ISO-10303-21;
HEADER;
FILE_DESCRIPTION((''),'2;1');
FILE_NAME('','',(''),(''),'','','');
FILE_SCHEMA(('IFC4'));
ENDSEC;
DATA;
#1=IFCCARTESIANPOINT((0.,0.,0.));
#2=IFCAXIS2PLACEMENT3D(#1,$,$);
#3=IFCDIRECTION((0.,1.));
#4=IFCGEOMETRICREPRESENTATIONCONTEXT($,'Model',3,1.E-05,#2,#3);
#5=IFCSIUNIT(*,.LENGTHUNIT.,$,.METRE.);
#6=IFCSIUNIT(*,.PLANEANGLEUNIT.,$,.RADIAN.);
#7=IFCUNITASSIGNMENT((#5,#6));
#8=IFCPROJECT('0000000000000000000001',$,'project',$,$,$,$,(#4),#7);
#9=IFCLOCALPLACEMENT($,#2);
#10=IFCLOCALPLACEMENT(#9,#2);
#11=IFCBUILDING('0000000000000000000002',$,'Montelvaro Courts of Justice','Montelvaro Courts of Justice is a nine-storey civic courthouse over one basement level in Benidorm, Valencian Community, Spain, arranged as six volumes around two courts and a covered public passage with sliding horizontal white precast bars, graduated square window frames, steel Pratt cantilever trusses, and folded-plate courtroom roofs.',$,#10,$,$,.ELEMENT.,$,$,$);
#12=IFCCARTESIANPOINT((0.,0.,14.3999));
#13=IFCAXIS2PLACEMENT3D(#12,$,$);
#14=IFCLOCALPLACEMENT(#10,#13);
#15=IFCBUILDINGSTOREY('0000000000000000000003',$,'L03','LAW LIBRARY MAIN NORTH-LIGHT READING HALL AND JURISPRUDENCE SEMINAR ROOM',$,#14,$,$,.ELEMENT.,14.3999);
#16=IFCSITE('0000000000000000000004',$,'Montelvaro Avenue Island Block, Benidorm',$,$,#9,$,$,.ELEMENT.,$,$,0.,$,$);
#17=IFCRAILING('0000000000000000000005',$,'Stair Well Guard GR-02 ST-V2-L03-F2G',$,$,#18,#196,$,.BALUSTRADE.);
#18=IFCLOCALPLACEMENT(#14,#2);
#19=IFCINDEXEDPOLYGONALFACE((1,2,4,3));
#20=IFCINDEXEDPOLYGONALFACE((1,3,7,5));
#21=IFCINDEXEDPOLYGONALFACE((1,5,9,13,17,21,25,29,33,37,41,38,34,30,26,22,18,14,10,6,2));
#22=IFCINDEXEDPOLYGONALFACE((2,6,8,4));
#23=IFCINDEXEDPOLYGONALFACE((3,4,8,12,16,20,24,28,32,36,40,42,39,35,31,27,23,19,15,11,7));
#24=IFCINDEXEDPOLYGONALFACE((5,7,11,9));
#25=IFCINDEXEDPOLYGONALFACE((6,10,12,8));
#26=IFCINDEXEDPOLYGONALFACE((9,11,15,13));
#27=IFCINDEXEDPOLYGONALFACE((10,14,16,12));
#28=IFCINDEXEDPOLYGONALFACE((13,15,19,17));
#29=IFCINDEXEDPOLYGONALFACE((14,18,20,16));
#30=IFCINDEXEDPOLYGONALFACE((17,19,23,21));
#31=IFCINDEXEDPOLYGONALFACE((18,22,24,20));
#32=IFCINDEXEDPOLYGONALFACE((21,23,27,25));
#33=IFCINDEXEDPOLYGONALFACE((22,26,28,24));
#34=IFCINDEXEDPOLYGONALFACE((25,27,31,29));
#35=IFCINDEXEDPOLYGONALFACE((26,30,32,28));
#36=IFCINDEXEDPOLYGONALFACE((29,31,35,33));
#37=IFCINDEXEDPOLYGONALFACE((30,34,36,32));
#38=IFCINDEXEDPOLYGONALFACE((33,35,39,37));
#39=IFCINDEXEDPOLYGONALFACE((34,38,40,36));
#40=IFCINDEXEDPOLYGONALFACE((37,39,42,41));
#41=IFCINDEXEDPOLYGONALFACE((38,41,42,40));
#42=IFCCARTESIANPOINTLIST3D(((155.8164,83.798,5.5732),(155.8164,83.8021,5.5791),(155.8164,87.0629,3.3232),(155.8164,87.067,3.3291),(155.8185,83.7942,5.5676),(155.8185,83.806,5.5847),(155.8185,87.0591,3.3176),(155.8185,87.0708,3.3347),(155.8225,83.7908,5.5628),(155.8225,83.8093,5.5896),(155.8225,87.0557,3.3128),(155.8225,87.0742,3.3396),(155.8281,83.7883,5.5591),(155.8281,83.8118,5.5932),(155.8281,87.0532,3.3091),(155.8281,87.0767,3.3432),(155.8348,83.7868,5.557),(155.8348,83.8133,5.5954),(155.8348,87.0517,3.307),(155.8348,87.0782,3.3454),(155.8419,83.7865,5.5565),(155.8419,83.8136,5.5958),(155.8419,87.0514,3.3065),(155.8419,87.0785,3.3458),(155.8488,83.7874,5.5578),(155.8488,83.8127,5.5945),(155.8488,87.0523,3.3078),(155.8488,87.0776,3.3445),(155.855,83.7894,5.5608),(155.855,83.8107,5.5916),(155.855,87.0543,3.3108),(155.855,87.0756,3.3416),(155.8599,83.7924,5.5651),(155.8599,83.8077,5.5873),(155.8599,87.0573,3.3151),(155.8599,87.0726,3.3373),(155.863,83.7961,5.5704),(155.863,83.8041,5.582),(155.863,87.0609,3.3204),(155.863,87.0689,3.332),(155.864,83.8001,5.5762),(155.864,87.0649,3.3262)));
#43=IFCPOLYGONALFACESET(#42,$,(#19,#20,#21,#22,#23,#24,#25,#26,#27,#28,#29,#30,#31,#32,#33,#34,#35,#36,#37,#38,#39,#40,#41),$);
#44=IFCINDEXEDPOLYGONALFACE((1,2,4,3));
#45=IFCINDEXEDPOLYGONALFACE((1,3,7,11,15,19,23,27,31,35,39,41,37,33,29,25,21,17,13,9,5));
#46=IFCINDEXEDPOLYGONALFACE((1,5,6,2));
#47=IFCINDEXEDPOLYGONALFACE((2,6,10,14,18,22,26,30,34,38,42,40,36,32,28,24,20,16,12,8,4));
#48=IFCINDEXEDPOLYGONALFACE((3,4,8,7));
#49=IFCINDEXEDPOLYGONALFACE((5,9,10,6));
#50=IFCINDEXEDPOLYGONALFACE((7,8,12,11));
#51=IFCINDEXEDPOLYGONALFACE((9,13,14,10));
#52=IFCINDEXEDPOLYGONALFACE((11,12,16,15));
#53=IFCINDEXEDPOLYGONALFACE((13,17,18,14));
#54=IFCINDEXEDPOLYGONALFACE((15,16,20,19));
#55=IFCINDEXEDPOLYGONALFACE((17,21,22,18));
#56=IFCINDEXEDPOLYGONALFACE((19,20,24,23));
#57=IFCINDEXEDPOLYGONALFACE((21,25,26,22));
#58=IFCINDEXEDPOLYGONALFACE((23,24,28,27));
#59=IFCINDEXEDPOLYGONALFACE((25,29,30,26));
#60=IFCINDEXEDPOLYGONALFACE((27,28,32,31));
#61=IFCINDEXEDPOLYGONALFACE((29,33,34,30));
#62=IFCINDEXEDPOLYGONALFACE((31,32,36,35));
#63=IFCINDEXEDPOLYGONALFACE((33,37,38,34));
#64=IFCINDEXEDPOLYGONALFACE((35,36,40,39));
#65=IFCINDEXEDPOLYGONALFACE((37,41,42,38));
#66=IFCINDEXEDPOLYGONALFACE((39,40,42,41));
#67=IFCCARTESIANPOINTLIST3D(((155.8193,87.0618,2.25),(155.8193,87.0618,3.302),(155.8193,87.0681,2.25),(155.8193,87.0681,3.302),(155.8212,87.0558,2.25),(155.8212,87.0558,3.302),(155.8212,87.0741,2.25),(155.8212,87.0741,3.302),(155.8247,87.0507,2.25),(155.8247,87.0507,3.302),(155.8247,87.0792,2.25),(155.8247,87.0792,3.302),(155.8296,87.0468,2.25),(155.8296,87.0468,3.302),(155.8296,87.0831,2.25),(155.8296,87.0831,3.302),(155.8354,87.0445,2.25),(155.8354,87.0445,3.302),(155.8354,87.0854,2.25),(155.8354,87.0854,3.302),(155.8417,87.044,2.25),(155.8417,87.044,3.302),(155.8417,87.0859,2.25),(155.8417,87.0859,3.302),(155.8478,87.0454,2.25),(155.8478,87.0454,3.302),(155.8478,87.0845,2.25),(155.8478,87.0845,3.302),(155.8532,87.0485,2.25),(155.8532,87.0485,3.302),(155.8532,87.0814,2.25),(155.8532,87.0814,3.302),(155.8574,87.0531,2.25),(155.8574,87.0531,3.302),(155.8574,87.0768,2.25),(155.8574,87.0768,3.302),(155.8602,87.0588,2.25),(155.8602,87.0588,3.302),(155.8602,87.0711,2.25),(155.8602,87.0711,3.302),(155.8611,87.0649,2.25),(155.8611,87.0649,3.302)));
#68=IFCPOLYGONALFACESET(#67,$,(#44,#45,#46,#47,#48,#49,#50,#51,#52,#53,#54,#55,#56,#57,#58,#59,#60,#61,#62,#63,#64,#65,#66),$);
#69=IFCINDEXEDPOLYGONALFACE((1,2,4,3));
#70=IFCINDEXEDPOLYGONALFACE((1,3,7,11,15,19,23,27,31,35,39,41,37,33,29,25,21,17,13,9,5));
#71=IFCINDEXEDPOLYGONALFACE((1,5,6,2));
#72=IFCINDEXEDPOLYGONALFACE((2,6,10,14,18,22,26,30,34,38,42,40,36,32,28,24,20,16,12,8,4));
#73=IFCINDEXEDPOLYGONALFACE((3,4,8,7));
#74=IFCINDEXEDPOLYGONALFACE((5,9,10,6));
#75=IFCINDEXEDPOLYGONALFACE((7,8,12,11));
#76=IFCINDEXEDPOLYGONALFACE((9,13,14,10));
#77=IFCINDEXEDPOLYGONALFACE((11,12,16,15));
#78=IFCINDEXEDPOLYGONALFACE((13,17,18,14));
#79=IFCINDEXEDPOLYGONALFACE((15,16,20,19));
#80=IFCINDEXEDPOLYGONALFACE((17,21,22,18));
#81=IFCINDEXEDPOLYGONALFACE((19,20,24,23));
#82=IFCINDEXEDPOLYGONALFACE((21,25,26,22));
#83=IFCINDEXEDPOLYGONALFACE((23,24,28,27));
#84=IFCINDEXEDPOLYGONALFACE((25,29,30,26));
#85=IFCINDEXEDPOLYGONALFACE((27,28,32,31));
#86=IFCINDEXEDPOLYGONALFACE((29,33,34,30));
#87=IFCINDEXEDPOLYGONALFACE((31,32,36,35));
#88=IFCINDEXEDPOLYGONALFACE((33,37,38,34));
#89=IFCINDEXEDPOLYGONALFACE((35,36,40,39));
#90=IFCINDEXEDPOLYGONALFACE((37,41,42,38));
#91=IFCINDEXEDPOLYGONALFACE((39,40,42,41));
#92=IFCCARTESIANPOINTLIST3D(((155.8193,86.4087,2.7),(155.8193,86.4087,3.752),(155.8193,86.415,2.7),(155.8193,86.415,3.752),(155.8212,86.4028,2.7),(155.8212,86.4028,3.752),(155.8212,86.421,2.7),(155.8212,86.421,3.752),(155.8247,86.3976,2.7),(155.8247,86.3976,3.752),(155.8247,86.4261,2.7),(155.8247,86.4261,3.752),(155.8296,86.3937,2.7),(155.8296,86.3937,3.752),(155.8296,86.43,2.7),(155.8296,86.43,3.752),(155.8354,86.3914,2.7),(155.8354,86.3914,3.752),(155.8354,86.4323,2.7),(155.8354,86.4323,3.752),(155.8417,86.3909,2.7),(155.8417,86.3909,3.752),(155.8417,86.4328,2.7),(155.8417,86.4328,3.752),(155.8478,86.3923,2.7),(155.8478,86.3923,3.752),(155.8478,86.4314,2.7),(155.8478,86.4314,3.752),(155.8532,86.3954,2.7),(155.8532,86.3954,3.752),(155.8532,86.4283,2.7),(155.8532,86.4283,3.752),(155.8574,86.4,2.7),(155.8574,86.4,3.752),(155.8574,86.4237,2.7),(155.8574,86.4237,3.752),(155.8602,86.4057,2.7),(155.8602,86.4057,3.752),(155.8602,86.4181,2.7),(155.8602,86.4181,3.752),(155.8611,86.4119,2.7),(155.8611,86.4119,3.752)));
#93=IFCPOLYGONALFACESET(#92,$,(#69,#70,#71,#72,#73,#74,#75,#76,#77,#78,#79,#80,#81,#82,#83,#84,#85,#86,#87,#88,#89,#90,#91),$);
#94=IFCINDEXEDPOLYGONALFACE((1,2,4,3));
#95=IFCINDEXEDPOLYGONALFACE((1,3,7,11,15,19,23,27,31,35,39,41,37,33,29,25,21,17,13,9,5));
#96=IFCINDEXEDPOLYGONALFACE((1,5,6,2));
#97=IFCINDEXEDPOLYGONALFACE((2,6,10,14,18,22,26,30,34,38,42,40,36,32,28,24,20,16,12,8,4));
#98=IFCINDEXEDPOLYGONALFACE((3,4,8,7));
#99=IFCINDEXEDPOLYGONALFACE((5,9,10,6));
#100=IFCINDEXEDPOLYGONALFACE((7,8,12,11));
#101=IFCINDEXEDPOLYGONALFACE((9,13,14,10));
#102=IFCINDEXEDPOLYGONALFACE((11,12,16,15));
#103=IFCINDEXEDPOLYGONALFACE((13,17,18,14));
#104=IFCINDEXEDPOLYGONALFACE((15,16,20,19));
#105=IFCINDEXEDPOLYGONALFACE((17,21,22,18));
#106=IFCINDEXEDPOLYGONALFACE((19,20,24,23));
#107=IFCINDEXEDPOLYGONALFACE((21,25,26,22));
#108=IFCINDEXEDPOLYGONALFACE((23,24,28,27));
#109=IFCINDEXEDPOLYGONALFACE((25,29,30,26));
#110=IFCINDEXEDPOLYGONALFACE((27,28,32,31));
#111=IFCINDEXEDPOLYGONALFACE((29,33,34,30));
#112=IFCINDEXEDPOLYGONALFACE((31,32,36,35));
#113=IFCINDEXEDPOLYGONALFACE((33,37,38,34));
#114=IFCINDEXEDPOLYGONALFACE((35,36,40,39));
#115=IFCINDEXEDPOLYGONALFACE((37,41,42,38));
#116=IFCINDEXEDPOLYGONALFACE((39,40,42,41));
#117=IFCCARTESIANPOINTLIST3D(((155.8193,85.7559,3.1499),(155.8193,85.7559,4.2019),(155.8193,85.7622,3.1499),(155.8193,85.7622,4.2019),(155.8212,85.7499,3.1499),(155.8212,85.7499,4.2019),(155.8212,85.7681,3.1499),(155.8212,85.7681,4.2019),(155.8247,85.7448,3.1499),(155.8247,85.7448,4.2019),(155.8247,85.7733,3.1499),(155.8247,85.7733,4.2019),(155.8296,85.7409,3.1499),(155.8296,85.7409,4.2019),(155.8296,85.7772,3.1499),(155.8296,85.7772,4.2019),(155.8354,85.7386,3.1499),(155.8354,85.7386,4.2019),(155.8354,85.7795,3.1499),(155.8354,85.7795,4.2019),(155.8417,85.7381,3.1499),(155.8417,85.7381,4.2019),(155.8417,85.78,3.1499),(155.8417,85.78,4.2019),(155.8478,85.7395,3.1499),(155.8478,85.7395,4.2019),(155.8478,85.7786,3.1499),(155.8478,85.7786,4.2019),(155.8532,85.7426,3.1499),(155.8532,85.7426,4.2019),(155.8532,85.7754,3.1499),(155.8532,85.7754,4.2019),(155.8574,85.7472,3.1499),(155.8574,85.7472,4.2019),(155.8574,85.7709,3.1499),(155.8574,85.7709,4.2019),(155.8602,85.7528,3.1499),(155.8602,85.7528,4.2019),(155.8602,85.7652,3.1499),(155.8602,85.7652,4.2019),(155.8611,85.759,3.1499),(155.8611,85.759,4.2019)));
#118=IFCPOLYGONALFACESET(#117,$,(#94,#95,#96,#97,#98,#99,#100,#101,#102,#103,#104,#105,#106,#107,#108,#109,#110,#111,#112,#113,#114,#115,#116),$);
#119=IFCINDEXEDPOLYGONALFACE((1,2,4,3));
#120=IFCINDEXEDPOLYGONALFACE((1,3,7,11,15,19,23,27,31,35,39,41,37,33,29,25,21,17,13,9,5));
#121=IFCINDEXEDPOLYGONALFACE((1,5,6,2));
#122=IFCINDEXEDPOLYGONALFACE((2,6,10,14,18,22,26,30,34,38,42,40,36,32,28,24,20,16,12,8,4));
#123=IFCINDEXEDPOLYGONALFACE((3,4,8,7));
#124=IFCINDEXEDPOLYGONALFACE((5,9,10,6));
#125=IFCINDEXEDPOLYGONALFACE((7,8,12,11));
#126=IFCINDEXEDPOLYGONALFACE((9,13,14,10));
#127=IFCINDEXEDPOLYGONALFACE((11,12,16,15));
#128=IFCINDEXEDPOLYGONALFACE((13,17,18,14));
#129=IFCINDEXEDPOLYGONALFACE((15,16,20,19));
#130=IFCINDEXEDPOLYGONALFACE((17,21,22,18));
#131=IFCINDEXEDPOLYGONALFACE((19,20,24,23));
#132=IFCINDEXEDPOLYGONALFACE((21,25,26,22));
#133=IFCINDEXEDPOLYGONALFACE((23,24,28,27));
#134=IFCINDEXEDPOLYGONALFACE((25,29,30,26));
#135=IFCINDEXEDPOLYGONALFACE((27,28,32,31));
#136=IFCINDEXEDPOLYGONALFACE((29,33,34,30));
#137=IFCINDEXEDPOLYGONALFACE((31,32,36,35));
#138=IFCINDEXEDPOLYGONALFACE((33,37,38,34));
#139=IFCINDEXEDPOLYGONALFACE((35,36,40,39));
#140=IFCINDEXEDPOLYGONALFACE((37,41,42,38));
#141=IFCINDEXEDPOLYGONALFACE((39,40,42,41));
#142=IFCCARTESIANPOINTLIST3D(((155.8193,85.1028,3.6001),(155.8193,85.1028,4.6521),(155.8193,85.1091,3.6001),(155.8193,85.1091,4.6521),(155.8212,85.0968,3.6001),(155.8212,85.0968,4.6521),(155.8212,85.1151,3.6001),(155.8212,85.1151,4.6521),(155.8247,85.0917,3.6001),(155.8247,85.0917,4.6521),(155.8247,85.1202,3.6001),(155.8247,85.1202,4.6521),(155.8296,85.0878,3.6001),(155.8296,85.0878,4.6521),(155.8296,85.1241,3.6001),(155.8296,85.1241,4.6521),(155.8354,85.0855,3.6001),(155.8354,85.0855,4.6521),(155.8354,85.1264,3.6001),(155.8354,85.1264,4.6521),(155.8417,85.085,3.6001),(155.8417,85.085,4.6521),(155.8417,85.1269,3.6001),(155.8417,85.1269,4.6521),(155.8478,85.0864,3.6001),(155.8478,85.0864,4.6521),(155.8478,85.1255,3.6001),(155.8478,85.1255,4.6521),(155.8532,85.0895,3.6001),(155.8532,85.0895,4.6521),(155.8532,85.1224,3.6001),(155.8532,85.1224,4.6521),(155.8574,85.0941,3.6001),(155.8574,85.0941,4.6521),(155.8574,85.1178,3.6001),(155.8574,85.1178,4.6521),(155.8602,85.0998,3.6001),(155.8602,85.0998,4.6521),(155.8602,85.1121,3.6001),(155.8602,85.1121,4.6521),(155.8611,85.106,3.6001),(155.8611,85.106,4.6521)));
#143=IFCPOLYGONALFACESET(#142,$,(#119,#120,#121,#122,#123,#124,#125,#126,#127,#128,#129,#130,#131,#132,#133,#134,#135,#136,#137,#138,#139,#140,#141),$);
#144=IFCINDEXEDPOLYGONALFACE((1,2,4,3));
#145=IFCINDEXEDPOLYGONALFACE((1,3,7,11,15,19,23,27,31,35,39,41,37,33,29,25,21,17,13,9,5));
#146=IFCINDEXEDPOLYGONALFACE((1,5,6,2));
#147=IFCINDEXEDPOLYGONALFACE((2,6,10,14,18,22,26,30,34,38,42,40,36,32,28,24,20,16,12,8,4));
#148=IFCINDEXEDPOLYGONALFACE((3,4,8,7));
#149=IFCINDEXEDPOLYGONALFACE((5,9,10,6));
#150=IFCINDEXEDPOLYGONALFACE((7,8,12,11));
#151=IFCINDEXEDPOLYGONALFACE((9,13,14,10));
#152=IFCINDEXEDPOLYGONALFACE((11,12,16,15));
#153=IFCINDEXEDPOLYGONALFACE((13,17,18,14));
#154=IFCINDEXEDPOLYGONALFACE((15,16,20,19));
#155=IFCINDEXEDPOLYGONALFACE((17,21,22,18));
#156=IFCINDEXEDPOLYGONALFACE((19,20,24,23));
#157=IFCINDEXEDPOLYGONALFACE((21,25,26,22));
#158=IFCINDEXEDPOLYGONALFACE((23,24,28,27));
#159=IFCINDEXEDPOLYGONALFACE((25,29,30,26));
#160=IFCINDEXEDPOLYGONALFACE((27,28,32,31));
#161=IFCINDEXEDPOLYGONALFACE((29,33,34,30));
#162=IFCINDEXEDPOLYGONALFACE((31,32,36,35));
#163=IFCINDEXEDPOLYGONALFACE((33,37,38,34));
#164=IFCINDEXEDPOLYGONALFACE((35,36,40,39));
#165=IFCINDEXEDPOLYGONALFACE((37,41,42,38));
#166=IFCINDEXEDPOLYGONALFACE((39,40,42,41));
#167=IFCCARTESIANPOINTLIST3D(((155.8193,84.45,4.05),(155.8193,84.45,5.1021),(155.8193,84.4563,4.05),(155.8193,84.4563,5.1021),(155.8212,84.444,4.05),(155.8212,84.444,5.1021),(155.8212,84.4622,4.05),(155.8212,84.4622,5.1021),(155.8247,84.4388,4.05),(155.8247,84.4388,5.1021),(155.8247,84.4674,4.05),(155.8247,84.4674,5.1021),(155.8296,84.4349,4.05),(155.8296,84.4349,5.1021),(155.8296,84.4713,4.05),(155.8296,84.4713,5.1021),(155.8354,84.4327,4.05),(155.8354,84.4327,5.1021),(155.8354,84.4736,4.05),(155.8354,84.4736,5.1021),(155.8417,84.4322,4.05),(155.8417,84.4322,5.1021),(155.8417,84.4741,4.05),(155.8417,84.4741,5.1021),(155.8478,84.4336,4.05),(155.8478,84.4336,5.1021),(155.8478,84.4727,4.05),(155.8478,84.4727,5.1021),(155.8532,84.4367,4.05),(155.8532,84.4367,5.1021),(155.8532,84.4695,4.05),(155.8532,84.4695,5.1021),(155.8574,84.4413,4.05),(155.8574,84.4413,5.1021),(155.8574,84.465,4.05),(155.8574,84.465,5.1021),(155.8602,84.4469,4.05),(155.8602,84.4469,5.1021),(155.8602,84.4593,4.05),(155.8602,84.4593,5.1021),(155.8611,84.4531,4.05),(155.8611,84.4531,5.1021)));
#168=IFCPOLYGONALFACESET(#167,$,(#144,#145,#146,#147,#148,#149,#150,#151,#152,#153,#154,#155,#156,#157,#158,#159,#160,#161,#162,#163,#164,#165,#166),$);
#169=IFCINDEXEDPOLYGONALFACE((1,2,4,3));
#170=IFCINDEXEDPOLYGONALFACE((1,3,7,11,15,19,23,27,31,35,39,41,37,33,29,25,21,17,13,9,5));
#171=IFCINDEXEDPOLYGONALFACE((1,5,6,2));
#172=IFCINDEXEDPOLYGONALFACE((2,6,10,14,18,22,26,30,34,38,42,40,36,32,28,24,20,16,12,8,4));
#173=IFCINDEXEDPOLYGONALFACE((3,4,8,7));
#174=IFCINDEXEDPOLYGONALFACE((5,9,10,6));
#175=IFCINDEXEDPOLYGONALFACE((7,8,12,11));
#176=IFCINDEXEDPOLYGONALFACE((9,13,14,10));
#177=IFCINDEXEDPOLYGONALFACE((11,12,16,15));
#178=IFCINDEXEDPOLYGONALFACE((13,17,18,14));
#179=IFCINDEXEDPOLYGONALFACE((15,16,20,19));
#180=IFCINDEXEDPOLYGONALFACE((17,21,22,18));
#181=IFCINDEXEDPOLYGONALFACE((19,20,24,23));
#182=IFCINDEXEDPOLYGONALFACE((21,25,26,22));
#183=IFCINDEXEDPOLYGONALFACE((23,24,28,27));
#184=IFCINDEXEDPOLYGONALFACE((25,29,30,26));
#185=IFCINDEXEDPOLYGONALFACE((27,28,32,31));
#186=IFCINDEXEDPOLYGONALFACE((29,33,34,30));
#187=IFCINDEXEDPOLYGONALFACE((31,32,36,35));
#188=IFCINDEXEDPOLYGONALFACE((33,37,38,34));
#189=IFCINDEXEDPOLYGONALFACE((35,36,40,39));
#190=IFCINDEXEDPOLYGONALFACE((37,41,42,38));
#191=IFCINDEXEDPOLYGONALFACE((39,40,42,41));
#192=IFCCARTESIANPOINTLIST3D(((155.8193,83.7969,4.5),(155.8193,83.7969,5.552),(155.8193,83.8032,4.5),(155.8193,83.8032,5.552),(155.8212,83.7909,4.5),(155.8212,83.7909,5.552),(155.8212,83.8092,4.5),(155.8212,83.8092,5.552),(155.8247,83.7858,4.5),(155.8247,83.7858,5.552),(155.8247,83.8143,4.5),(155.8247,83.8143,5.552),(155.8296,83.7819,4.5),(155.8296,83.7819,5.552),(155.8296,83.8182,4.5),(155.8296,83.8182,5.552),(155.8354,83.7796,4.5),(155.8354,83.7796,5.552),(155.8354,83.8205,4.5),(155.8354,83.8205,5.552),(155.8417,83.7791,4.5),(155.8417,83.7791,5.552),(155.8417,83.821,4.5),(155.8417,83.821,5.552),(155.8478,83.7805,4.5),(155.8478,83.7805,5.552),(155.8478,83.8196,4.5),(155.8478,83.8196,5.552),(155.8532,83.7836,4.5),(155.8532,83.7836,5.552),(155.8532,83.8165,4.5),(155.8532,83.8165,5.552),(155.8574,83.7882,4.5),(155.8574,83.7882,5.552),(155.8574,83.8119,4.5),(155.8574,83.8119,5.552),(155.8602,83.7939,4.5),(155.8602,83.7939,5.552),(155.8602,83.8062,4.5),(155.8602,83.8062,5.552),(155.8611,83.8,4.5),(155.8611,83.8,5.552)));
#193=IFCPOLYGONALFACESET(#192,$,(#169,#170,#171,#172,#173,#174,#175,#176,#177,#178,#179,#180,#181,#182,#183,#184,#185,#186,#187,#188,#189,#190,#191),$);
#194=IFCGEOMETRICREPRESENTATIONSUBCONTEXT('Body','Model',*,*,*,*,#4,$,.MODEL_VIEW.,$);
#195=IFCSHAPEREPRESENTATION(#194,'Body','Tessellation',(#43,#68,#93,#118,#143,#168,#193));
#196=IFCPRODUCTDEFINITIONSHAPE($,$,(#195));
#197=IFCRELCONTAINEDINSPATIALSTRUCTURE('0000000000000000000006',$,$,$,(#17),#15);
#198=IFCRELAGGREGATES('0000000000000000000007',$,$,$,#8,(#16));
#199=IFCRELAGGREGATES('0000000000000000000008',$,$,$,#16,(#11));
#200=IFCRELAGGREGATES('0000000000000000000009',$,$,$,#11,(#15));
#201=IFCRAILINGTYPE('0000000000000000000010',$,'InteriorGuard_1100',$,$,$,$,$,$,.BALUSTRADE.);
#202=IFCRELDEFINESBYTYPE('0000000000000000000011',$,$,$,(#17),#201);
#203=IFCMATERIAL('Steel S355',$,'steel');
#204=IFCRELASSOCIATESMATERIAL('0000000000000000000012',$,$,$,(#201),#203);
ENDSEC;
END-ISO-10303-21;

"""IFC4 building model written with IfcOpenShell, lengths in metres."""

from ifc_helpers import new_model, si_unit, direction, frame, origin, origin_2d, place, context, subcontext, project, spatial, circle, extrude, material, type_object, element, save


model = new_model("IFC4")

# Units and contexts
model_context = context("Model", 3, precision=1e-05, world=origin(), true_north=direction((0.0, 1.0)))
body_context = subcontext(model_context, "Body", "Model", "MODEL_VIEW")
ifc_project = project(units=[si_unit("LENGTHUNIT", "METRE"), si_unit("PLANEANGLEUNIT", "RADIAN")], contexts=[model_context])

# Site, building, storey
site_placement = place(None, origin())
site = spatial("IfcSite", under=ifc_project, at=site_placement, Name="Montelvaro Avenue Island Block, Benidorm", CompositionType="ELEMENT", RefElevation=0.0)
building_placement = place(site_placement, origin())
building = spatial("IfcBuilding", under=site, at=building_placement, Name="Montelvaro Courts of Justice", Description="Montelvaro Courts of Justice is a nine-storey civic courthouse over one basement level in Benidorm, Valencian Community, Spain, arranged as six volumes around two courts and a covered public passage with sliding horizontal white precast bars, graduated square window frames, steel Pratt cantilever trusses, and folded-plate courtroom roofs.", CompositionType="ELEMENT")
storey_placement = place(building_placement, frame((0.0, 0.0, 14.3999)))
storey = spatial("IfcBuildingStorey", under=building, at=storey_placement, Name="L03", Description="LAW LIBRARY MAIN NORTH-LIGHT READING HALL AND JURISPRUDENCE SEMINAR ROOM", CompositionType="ELEMENT", Elevation=14.3999)

# Shared definitions
ifc_material_1 = material(Name="Steel S355", Category="steel")

# Railing
railing_type_1 = type_object("IfcRailingType", Name="InteriorGuard_1100", PredefinedType="BALUSTRADE", material=ifc_material_1)
railing_1_placement = place(storey_placement, frame((155.8401, 87.0649, 2.25)))
element("IfcRailing", 1, at=railing_1_placement, inside=storey, type_object=railing_type_1, Name="Stair Well Guard GR-02 ST-V2-L03-F2G", PredefinedType="BALUSTRADE", context=body_context, shape_type="SweptSolid", body=[
    extrude(circle(Radius=0.0239, at=origin_2d()), frame((0.0, 0.0, 1.0762), z_axis=(0.0, -0.823407, 0.567451), x_axis=(1.0, 0.0, 0.0)), (0.0, 0.0, 1.0), 3.9651),
    extrude(circle(Radius=0.021, at=origin_2d()), origin(), (0.0, 0.0, 1.0), 1.052),
    extrude(circle(Radius=0.021, at=origin_2d()), frame((0.0, -0.6531, 0.45)), (0.0, 0.0, 1.0), 1.052),
    extrude(circle(Radius=0.021, at=origin_2d()), frame((0.0, -1.3059, 0.8999)), (0.0, 0.0, 1.0), 1.052),
    extrude(circle(Radius=0.021, at=origin_2d()), frame((0.0, -1.959, 1.3501)), (0.0, 0.0, 1.0), 1.052),
    extrude(circle(Radius=0.021, at=origin_2d()), frame((0.0, -2.6118, 1.8)), (0.0, 0.0, 1.0), 1.052),
    extrude(circle(Radius=0.021, at=origin_2d()), frame((0.0, -3.2649, 2.25)), (0.0, 0.0, 1.0), 1.052),
])

save(model, "model.ifc")
